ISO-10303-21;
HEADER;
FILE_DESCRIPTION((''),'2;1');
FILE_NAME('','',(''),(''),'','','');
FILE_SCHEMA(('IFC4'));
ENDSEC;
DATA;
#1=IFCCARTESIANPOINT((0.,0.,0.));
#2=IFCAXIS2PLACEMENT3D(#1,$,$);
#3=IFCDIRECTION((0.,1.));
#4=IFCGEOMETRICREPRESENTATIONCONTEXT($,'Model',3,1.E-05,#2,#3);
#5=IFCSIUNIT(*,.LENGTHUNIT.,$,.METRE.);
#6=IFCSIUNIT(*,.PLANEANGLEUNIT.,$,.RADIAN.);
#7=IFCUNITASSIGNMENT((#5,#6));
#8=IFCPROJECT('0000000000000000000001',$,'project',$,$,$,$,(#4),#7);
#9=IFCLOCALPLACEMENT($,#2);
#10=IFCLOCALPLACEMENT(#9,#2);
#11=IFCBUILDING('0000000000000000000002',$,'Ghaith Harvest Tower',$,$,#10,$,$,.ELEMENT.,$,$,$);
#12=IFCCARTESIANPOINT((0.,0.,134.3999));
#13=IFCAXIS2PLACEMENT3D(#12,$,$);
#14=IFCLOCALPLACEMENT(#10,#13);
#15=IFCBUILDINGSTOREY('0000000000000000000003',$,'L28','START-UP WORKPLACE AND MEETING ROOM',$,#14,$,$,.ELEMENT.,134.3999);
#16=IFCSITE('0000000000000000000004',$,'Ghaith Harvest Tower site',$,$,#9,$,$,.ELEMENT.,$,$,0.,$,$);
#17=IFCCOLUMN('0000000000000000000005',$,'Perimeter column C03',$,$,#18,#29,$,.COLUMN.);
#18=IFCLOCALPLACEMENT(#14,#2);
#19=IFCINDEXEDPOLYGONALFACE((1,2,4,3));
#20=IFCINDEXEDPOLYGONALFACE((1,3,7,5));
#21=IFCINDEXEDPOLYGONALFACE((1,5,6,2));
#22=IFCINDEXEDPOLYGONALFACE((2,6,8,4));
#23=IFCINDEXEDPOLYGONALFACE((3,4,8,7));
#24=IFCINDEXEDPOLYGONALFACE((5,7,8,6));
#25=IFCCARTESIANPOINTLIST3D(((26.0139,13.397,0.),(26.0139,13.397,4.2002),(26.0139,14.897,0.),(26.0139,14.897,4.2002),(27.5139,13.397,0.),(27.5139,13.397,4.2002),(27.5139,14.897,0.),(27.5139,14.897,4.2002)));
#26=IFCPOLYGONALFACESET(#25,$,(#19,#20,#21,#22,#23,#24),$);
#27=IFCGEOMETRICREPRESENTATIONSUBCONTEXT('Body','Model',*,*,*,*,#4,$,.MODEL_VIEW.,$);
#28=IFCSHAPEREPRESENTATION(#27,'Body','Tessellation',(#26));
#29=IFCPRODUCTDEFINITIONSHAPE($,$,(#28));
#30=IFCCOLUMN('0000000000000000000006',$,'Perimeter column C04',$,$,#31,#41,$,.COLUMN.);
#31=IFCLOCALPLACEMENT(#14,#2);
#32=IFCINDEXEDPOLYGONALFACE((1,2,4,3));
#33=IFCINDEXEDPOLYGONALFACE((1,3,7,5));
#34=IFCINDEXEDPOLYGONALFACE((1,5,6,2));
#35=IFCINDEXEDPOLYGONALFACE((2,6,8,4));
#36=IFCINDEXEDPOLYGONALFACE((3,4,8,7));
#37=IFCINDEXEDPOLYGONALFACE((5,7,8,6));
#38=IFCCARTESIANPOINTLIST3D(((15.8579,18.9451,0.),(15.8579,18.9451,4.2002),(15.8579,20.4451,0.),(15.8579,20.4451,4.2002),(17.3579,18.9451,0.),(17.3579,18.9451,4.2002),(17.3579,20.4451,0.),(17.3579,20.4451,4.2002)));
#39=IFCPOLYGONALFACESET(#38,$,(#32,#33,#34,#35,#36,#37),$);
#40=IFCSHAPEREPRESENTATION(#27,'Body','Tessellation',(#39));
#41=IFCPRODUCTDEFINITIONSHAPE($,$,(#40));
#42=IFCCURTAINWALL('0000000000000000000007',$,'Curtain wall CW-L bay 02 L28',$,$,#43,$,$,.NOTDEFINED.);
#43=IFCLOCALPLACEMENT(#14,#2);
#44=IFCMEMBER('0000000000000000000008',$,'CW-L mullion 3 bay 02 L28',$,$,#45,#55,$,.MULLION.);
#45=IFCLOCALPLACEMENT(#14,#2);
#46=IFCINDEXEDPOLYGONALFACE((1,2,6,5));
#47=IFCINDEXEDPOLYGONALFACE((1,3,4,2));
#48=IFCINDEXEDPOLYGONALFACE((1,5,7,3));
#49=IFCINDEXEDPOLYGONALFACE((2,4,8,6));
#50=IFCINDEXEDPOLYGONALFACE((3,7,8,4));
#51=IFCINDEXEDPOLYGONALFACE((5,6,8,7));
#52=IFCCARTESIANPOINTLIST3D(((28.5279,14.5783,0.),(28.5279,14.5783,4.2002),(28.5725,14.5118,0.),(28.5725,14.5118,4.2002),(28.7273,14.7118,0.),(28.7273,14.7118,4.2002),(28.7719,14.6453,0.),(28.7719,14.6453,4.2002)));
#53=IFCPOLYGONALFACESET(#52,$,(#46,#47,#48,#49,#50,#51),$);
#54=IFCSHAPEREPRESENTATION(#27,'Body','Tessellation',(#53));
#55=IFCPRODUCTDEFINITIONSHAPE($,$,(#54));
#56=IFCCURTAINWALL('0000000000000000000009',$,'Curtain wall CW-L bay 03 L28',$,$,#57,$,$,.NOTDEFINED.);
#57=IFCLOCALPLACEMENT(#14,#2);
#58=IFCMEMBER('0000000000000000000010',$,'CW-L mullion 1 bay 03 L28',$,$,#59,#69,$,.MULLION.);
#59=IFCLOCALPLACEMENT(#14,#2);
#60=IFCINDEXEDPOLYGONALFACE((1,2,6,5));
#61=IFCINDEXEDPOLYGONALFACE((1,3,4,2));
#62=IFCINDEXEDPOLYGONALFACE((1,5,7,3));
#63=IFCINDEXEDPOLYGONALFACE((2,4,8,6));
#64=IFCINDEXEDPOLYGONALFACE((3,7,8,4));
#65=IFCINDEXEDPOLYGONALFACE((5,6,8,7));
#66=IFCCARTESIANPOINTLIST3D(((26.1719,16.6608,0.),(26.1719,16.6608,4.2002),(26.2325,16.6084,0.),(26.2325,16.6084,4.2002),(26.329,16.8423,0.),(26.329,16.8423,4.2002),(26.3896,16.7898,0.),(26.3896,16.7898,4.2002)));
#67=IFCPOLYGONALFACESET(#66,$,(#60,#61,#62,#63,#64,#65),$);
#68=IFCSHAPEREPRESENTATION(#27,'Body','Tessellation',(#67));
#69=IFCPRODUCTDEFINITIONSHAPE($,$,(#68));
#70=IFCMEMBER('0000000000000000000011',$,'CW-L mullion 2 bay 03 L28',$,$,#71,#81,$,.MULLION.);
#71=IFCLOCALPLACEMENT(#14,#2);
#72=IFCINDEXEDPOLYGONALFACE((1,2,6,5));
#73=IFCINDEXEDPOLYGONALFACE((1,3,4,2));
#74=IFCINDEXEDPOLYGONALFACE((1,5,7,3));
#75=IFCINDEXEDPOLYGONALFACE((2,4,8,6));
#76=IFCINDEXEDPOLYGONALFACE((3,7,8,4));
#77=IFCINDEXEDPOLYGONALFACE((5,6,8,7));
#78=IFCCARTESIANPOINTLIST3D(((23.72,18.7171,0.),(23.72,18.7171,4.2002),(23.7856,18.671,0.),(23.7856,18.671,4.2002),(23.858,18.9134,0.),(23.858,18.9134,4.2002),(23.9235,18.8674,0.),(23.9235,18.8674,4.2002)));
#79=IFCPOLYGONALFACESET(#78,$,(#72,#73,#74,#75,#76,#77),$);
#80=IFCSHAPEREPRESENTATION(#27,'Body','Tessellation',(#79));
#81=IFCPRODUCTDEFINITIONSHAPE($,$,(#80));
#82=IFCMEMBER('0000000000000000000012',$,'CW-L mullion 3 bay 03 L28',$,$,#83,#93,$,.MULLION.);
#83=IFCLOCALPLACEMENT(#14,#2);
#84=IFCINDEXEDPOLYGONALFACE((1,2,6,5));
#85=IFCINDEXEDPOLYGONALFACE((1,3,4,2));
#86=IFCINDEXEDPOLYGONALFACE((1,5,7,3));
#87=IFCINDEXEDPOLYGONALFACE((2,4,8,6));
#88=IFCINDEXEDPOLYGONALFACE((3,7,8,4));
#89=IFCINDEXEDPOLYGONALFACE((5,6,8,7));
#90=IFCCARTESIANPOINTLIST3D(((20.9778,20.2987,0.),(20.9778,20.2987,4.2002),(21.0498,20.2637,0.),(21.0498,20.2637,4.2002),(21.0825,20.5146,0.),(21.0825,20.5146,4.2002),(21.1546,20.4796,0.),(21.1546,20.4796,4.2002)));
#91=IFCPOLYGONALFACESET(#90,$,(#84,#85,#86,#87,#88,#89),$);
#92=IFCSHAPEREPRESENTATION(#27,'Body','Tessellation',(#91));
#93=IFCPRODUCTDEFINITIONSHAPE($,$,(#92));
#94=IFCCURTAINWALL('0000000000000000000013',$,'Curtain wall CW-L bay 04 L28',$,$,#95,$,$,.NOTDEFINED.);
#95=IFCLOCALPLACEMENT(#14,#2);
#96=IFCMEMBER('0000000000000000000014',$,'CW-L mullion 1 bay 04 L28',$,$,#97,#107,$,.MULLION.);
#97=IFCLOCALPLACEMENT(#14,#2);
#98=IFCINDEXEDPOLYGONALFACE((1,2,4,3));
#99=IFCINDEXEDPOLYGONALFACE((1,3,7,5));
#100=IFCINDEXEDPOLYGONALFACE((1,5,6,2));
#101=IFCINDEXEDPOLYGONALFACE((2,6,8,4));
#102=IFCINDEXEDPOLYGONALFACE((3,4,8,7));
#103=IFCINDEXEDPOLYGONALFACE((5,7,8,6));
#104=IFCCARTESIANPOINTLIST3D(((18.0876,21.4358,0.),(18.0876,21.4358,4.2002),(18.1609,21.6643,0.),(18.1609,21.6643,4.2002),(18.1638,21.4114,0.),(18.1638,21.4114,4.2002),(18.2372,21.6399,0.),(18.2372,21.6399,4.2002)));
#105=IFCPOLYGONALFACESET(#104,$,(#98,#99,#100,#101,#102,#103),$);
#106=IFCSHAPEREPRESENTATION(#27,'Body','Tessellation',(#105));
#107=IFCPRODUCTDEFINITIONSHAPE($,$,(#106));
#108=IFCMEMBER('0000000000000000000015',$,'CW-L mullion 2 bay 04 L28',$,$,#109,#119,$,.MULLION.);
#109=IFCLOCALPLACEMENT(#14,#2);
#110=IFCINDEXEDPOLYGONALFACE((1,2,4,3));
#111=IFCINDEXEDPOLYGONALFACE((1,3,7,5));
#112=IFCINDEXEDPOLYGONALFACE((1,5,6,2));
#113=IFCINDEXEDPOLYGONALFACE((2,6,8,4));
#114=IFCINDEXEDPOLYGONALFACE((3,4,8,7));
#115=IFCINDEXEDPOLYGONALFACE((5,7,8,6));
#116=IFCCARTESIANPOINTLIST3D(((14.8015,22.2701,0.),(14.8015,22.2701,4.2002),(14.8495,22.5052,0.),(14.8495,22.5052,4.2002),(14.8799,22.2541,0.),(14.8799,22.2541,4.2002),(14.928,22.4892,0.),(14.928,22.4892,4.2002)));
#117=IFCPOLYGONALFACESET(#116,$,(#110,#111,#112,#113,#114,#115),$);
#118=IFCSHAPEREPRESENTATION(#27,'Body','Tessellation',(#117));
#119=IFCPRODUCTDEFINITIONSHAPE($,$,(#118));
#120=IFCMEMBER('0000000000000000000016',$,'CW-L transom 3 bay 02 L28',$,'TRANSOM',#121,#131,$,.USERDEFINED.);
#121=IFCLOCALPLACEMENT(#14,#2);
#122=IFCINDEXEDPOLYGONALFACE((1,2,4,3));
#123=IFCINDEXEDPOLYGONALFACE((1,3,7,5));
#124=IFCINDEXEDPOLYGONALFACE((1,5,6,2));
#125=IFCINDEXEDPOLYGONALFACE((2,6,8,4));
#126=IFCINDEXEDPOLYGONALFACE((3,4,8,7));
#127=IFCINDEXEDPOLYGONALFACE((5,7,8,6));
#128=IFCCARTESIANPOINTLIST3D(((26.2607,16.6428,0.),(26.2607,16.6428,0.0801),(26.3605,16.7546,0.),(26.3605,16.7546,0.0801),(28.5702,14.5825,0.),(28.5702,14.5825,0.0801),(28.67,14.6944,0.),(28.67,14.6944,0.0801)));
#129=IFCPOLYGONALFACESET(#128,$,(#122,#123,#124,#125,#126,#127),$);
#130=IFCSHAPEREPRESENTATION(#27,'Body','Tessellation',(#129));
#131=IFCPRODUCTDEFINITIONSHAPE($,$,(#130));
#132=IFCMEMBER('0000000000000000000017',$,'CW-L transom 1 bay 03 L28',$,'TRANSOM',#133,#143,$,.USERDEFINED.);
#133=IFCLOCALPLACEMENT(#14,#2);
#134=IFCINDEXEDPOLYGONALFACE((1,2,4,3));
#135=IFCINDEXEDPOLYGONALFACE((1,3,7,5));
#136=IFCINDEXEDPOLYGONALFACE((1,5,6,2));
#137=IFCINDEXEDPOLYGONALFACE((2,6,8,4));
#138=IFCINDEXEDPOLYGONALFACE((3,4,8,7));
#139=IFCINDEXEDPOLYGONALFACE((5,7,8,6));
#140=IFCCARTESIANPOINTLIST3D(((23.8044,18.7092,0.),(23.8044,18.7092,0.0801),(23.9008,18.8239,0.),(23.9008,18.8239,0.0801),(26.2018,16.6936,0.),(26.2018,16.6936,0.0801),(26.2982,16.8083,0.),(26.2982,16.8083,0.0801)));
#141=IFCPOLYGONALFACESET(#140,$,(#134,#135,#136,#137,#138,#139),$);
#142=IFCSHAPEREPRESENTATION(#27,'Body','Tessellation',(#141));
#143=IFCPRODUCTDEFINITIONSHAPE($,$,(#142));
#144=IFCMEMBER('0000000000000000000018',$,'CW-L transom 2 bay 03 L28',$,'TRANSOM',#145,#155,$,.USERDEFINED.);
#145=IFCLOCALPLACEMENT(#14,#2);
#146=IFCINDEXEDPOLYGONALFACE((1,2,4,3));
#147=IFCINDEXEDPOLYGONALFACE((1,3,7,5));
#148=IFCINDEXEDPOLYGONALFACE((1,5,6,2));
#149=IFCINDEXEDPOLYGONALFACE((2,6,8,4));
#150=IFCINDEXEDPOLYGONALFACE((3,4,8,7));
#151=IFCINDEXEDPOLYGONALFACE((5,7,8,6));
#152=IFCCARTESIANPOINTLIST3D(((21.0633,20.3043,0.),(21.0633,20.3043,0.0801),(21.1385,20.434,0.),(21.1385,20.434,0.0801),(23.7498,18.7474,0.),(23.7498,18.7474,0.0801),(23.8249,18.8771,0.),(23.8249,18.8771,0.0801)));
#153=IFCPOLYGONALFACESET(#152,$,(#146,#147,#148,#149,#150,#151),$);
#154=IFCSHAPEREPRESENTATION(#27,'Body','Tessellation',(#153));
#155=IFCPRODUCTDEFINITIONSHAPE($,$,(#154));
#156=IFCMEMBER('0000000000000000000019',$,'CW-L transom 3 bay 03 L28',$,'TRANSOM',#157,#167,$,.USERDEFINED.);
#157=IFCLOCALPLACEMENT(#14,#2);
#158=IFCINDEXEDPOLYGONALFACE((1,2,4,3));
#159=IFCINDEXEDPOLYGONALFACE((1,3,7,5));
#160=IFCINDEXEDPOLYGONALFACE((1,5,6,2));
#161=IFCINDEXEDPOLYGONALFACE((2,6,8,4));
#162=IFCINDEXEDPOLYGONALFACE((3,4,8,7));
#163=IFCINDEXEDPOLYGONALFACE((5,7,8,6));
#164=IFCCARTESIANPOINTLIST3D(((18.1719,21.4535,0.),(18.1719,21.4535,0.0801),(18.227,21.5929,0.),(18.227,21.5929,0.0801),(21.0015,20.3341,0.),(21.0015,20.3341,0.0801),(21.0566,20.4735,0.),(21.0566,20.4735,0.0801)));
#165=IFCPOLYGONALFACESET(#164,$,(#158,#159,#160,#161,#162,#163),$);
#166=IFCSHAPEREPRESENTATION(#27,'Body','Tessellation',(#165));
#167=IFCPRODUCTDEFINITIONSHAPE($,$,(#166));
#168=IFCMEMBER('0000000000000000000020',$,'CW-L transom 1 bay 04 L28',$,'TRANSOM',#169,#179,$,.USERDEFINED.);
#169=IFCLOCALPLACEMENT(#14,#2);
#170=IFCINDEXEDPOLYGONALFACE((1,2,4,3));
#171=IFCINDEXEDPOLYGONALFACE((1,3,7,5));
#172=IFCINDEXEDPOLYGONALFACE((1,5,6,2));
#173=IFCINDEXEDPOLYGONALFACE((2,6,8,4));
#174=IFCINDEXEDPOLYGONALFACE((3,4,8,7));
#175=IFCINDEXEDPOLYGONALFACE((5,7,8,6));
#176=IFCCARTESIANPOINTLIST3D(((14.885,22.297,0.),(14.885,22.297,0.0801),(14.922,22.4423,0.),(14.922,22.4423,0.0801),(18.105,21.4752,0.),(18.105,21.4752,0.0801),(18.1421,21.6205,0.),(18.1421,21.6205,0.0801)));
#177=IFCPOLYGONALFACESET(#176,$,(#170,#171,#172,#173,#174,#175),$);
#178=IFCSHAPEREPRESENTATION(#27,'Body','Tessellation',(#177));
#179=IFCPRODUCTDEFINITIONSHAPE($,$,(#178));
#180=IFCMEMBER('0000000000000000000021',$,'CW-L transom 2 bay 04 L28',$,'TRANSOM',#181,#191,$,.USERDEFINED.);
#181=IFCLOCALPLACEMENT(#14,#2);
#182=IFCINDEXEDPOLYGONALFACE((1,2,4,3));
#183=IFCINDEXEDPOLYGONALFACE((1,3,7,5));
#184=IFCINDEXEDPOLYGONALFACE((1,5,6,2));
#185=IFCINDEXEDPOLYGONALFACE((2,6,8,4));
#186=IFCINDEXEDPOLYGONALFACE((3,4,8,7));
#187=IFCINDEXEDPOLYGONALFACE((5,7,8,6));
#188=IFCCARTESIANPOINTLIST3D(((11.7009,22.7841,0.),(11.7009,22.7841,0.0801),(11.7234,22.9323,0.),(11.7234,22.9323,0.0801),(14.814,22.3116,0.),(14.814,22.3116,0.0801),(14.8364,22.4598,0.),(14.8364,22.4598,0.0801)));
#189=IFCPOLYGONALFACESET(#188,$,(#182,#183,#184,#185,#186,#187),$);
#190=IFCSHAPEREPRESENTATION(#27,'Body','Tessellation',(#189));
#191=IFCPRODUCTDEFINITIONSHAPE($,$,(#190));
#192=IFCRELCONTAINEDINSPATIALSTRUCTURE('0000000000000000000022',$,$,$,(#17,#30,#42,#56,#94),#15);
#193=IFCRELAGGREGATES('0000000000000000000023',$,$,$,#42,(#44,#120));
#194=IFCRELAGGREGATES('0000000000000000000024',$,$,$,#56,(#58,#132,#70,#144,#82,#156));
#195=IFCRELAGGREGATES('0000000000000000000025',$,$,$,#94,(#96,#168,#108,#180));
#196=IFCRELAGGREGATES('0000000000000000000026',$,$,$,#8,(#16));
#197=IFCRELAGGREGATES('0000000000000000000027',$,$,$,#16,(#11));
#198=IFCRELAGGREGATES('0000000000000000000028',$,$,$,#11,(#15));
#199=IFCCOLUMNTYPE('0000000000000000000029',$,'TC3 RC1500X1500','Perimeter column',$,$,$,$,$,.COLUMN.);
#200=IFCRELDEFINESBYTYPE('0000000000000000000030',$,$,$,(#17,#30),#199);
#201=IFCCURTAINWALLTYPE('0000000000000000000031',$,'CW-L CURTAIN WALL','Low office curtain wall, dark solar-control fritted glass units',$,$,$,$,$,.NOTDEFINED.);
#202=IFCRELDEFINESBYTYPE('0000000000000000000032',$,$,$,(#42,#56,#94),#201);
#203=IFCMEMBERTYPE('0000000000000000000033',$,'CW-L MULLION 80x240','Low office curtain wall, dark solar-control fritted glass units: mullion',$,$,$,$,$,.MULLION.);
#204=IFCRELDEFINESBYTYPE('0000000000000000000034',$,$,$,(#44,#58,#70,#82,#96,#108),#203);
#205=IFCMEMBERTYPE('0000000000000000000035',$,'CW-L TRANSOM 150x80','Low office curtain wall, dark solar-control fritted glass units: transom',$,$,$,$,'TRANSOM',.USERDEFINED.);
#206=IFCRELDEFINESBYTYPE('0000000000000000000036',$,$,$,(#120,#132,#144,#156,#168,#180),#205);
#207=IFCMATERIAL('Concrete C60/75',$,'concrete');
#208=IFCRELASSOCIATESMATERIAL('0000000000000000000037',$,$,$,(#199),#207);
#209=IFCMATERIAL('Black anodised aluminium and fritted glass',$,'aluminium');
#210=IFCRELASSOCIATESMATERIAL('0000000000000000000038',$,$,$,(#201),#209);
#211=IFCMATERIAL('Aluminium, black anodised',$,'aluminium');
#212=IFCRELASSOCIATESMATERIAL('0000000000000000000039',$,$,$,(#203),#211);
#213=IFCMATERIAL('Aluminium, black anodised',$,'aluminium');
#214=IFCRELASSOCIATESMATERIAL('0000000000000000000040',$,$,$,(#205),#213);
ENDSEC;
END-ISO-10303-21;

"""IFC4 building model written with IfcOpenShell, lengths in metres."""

from ifc_helpers import new_model, si_unit, direction, frame, origin, origin_2d, place, context, subcontext, project, spatial, rectangle, extrude, material, material_profile, profile_set, type_object, element, aggregate, save


model = new_model("IFC4")

# Units and contexts
model_context = context("Model", 3, precision=1e-05, world=origin(), true_north=direction((0.0, 1.0)))
body_context = subcontext(model_context, "Body", "Model", "MODEL_VIEW")
ifc_project = project(units=[si_unit("LENGTHUNIT", "METRE"), si_unit("PLANEANGLEUNIT", "RADIAN")], contexts=[model_context])

# Site, building, storey
site_placement = place(None, origin())
site = spatial("IfcSite", under=ifc_project, at=site_placement, Name="Ghaith Harvest Tower site", CompositionType="ELEMENT", RefElevation=0.0)
building_placement = place(site_placement, origin())
building = spatial("IfcBuilding", under=site, at=building_placement, Name="Ghaith Harvest Tower", CompositionType="ELEMENT")
storey_placement = place(building_placement, frame((0.0, 0.0, 134.3999)))
storey = spatial("IfcBuildingStorey", under=building, at=storey_placement, Name="L28", Description="START-UP WORKPLACE AND MEETING ROOM", CompositionType="ELEMENT", Elevation=134.3999)

# Columns
ifc_material_1 = material(Name="Concrete C60/75", Category="concrete")
ifc_material_profile_1 = material_profile(ifc_material_1, rectangle(XDim=1.5, YDim=1.5, at=origin_2d()), Name="RC1500X1500")
ifc_profile_set_1 = profile_set([ifc_material_profile_1], Name="Concrete C60/75")
column_type = type_object("IfcColumnType", Name="TC3 RC1500X1500", Description="Perimeter column", PredefinedType="COLUMN", material=ifc_profile_set_1)
for number, where, z_axis, x_axis, name in (
    (1, (26.7639, 14.147, 0.0), (0.0, 0.0, 1.0), (1.0, 0.0, 0.0), "Perimeter column C03"),
    (2, (16.6079, 19.6951, 0.0), (0.0, 0.0, 1.0), (1.0, 0.0, 0.0), "Perimeter column C04"),
):
    element("IfcColumn", number, at=place(storey_placement, frame(where, z_axis=z_axis, x_axis=x_axis)), inside=storey, type_object=column_type, Name=name, PredefinedType="COLUMN", context=body_context, shape_type="SweptSolid", body=[
        extrude(rectangle(XDim=1.5, YDim=1.5, at=origin_2d()), origin(), (0.0, 0.0, 1.0), 4.2002),
    ])

# Curtain wall, member
ifc_material_2 = material(Name="Black anodised aluminium and fritted glass", Category="aluminium")
curtain_wall_type = type_object("IfcCurtainWallType", Name="CW-L CURTAIN WALL", Description="Low office curtain wall, dark solar-control fritted glass units", PredefinedType="NOTDEFINED", material=ifc_material_2)
curtain_wall_1_placement = place(storey_placement, origin())
curtain_wall_1 = element("IfcCurtainWall", 3, at=curtain_wall_1_placement, inside=storey, type_object=curtain_wall_type, Name="Curtain wall CW-L bay 02 L28", PredefinedType="NOTDEFINED")
ifc_material_3 = material(Name="Aluminium, black anodised", Category="aluminium")
ifc_material_profile_2 = material_profile(ifc_material_3, rectangle(XDim=0.0801, YDim=0.24, at=origin_2d()), Name="CW-L MULLION 80x240")
ifc_profile_set_2 = profile_set([ifc_material_profile_2], Name="Aluminium, black anodised")
member_type_1 = type_object("IfcMemberType", Name="CW-L MULLION 80x240", Description="Low office curtain wall, dark solar-control fritted glass units: mullion", PredefinedType="MULLION", material=ifc_profile_set_2)
member_1_placement = place(storey_placement, frame((28.6499, 14.6118, 0.0), z_axis=(0.0, 0.0, 1.0), x_axis=(-0.556324, 0.830965, 0.0)))
member_1 = element("IfcMember", 4, at=member_1_placement, type_object=member_type_1, Name="CW-L mullion 3 bay 02 L28", PredefinedType="MULLION", context=body_context, shape_type="SweptSolid", body=[
    extrude(rectangle(XDim=0.0801, YDim=0.24, at=origin_2d()), origin(), (0.0, 0.0, 1.0), 4.2002),
])

# Curtain walls, members
curtain_wall_2_placement = place(storey_placement, origin())
curtain_wall_2 = element("IfcCurtainWall", 5, at=curtain_wall_2_placement, inside=storey, type_object=curtain_wall_type, Name="Curtain wall CW-L bay 03 L28", PredefinedType="NOTDEFINED")
member_2_placement = place(storey_placement, frame((26.2808, 16.7253, 0.0), z_axis=(0.0, 0.0, 1.0), x_axis=(-0.755999, 0.654572, 0.0)))
member_2 = element("IfcMember", 6, at=member_2_placement, type_object=member_type_1, Name="CW-L mullion 1 bay 03 L28", PredefinedType="MULLION", context=body_context, shape_type="SweptSolid", body=[
    extrude(rectangle(XDim=0.0801, YDim=0.24, at=origin_2d()), origin(), (0.0, 0.0, 1.0), 4.2002),
])
member_3_placement = place(storey_placement, frame((23.8218, 18.7922, 0.0), z_axis=(0.0, 0.0, 1.0), x_axis=(-0.818229, 0.574893, 0.0)))
member_3 = element("IfcMember", 7, at=member_3_placement, type_object=member_type_1, Name="CW-L mullion 2 bay 03 L28", PredefinedType="MULLION", context=body_context, shape_type="SweptSolid", body=[
    extrude(rectangle(XDim=0.0801, YDim=0.24, at=origin_2d()), origin(), (0.0, 0.0, 1.0), 4.2002),
])
member_4_placement = place(storey_placement, frame((21.0662, 20.3892, 0.0), z_axis=(0.0, 0.0, 1.0), x_axis=(-0.899713, 0.436481, 0.0)))
member_4 = element("IfcMember", 8, at=member_4_placement, type_object=member_type_1, Name="CW-L mullion 3 bay 03 L28", PredefinedType="MULLION", context=body_context, shape_type="SweptSolid", body=[
    extrude(rectangle(XDim=0.0801, YDim=0.24, at=origin_2d()), origin(), (0.0, 0.0, 1.0), 4.2002),
])
curtain_wall_3_placement = place(storey_placement, origin())
curtain_wall_3 = element("IfcCurtainWall", 9, at=curtain_wall_3_placement, inside=storey, type_object=curtain_wall_type, Name="Curtain wall CW-L bay 04 L28", PredefinedType="NOTDEFINED")
member_5_placement = place(storey_placement, frame((18.1624, 21.5378, 0.0), z_axis=(0.0, 0.0, 1.0), x_axis=(-0.952152, 0.305624, 0.0)))
member_5 = element("IfcMember", 10, at=member_5_placement, type_object=member_type_1, Name="CW-L mullion 1 bay 04 L28", PredefinedType="MULLION", context=body_context, shape_type="SweptSolid", body=[
    extrude(rectangle(XDim=0.0801, YDim=0.24, at=origin_2d()), origin(), (0.0, 0.0, 1.0), 4.2002),
])
member_6_placement = place(storey_placement, frame((14.8647, 22.3796, 0.0), z_axis=(0.0, 0.0, 1.0), x_axis=(-0.979752, 0.200215, 0.0)))
member_6 = element("IfcMember", 11, at=member_6_placement, type_object=member_type_1, Name="CW-L mullion 2 bay 04 L28", PredefinedType="MULLION", context=body_context, shape_type="SweptSolid", body=[
    extrude(rectangle(XDim=0.0801, YDim=0.24, at=origin_2d()), origin(), (0.0, 0.0, 1.0), 4.2002),
])

# Members
ifc_material_4 = material(Name="Aluminium, black anodised", Category="aluminium")
ifc_material_profile_3 = material_profile(ifc_material_4, rectangle(XDim=0.1499, YDim=0.0801, at=origin_2d()), Name="CW-L TRANSOM 150x80")
ifc_profile_set_3 = profile_set([ifc_material_profile_3], Name="Aluminium, black anodised")
member_type_2 = type_object("IfcMemberType", Name="CW-L TRANSOM 150x80", Description="Low office curtain wall, dark solar-control fritted glass units: transom", ElementType="TRANSOM", PredefinedType="USERDEFINED", material=ifc_profile_set_3)
member_7_placement = place(storey_placement, frame((28.6201, 14.6384, 0.04), z_axis=(-0.746229, 0.66569, 0.0), x_axis=(-0.66569, -0.746229, 0.0)))
member_7 = element("IfcMember", 12, at=member_7_placement, type_object=member_type_2, Name="CW-L transom 3 bay 02 L28", ObjectType="TRANSOM", PredefinedType="USERDEFINED", context=body_context, shape_type="SweptSolid", body=[
    extrude(rectangle(XDim=0.1499, YDim=0.0801, at=origin_2d()), origin(), (0.0, 0.0, 1.0), 3.095),
])
member_8_placement = place(storey_placement, frame((26.25, 16.751, 0.04), z_axis=(-0.765428, 0.643521, 0.0), x_axis=(-0.643521, -0.765428, 0.0)))
member_8 = element("IfcMember", 13, at=member_8_placement, type_object=member_type_2, Name="CW-L transom 1 bay 03 L28", ObjectType="TRANSOM", PredefinedType="USERDEFINED", context=body_context, shape_type="SweptSolid", body=[
    extrude(rectangle(XDim=0.1499, YDim=0.0801, at=origin_2d()), origin(), (0.0, 0.0, 1.0), 3.1321),
])
member_9_placement = place(storey_placement, frame((23.7874, 18.8123, 0.04), z_axis=(-0.865213, 0.501405, 0.0), x_axis=(-0.501405, -0.865213, 0.0)))
member_9 = element("IfcMember", 14, at=member_9_placement, type_object=member_type_2, Name="CW-L transom 2 bay 03 L28", ObjectType="TRANSOM", PredefinedType="USERDEFINED", context=body_context, shape_type="SweptSolid", body=[
    extrude(rectangle(XDim=0.1499, YDim=0.0801, at=origin_2d()), origin(), (0.0, 0.0, 1.0), 3.105),
])
member_10_placement = place(storey_placement, frame((21.0291, 20.4038, 0.04), z_axis=(-0.929881, 0.367861, 0.0), x_axis=(-0.367861, -0.929881, 0.0)))
member_10 = element("IfcMember", 15, at=member_10_placement, type_object=member_type_2, Name="CW-L transom 3 bay 03 L28", ObjectType="TRANSOM", PredefinedType="USERDEFINED", context=body_context, shape_type="SweptSolid", body=[
    extrude(rectangle(XDim=0.1499, YDim=0.0801, at=origin_2d()), origin(), (0.0, 0.0, 1.0), 3.043),
])
member_11_placement = place(storey_placement, frame((18.1235, 21.5479, 0.04), z_axis=(-0.968942, 0.247286, 0.0), x_axis=(-0.247286, -0.968942, 0.0)))
member_11 = element("IfcMember", 16, at=member_11_placement, type_object=member_type_2, Name="CW-L transom 1 bay 04 L28", ObjectType="TRANSOM", PredefinedType="USERDEFINED", context=body_context, shape_type="SweptSolid", body=[
    extrude(rectangle(XDim=0.1499, YDim=0.0801, at=origin_2d()), origin(), (0.0, 0.0, 1.0), 3.3232),
])
member_12_placement = place(storey_placement, frame((14.8252, 22.3857, 0.04), z_axis=(-0.988681, 0.150035, 0.0), x_axis=(-0.150035, -0.988681, 0.0)))
member_12 = element("IfcMember", 17, at=member_12_placement, type_object=member_type_2, Name="CW-L transom 2 bay 04 L28", ObjectType="TRANSOM", PredefinedType="USERDEFINED", context=body_context, shape_type="SweptSolid", body=[
    extrude(rectangle(XDim=0.1499, YDim=0.0801, at=origin_2d()), origin(), (0.0, 0.0, 1.0), 3.1487),
])

aggregate(curtain_wall_1, [member_1, member_7])
aggregate(curtain_wall_2, [member_2, member_8, member_3, member_9, member_4, member_10])
aggregate(curtain_wall_3, [member_5, member_11, member_6, member_12])

save(model, "model.ifc")
